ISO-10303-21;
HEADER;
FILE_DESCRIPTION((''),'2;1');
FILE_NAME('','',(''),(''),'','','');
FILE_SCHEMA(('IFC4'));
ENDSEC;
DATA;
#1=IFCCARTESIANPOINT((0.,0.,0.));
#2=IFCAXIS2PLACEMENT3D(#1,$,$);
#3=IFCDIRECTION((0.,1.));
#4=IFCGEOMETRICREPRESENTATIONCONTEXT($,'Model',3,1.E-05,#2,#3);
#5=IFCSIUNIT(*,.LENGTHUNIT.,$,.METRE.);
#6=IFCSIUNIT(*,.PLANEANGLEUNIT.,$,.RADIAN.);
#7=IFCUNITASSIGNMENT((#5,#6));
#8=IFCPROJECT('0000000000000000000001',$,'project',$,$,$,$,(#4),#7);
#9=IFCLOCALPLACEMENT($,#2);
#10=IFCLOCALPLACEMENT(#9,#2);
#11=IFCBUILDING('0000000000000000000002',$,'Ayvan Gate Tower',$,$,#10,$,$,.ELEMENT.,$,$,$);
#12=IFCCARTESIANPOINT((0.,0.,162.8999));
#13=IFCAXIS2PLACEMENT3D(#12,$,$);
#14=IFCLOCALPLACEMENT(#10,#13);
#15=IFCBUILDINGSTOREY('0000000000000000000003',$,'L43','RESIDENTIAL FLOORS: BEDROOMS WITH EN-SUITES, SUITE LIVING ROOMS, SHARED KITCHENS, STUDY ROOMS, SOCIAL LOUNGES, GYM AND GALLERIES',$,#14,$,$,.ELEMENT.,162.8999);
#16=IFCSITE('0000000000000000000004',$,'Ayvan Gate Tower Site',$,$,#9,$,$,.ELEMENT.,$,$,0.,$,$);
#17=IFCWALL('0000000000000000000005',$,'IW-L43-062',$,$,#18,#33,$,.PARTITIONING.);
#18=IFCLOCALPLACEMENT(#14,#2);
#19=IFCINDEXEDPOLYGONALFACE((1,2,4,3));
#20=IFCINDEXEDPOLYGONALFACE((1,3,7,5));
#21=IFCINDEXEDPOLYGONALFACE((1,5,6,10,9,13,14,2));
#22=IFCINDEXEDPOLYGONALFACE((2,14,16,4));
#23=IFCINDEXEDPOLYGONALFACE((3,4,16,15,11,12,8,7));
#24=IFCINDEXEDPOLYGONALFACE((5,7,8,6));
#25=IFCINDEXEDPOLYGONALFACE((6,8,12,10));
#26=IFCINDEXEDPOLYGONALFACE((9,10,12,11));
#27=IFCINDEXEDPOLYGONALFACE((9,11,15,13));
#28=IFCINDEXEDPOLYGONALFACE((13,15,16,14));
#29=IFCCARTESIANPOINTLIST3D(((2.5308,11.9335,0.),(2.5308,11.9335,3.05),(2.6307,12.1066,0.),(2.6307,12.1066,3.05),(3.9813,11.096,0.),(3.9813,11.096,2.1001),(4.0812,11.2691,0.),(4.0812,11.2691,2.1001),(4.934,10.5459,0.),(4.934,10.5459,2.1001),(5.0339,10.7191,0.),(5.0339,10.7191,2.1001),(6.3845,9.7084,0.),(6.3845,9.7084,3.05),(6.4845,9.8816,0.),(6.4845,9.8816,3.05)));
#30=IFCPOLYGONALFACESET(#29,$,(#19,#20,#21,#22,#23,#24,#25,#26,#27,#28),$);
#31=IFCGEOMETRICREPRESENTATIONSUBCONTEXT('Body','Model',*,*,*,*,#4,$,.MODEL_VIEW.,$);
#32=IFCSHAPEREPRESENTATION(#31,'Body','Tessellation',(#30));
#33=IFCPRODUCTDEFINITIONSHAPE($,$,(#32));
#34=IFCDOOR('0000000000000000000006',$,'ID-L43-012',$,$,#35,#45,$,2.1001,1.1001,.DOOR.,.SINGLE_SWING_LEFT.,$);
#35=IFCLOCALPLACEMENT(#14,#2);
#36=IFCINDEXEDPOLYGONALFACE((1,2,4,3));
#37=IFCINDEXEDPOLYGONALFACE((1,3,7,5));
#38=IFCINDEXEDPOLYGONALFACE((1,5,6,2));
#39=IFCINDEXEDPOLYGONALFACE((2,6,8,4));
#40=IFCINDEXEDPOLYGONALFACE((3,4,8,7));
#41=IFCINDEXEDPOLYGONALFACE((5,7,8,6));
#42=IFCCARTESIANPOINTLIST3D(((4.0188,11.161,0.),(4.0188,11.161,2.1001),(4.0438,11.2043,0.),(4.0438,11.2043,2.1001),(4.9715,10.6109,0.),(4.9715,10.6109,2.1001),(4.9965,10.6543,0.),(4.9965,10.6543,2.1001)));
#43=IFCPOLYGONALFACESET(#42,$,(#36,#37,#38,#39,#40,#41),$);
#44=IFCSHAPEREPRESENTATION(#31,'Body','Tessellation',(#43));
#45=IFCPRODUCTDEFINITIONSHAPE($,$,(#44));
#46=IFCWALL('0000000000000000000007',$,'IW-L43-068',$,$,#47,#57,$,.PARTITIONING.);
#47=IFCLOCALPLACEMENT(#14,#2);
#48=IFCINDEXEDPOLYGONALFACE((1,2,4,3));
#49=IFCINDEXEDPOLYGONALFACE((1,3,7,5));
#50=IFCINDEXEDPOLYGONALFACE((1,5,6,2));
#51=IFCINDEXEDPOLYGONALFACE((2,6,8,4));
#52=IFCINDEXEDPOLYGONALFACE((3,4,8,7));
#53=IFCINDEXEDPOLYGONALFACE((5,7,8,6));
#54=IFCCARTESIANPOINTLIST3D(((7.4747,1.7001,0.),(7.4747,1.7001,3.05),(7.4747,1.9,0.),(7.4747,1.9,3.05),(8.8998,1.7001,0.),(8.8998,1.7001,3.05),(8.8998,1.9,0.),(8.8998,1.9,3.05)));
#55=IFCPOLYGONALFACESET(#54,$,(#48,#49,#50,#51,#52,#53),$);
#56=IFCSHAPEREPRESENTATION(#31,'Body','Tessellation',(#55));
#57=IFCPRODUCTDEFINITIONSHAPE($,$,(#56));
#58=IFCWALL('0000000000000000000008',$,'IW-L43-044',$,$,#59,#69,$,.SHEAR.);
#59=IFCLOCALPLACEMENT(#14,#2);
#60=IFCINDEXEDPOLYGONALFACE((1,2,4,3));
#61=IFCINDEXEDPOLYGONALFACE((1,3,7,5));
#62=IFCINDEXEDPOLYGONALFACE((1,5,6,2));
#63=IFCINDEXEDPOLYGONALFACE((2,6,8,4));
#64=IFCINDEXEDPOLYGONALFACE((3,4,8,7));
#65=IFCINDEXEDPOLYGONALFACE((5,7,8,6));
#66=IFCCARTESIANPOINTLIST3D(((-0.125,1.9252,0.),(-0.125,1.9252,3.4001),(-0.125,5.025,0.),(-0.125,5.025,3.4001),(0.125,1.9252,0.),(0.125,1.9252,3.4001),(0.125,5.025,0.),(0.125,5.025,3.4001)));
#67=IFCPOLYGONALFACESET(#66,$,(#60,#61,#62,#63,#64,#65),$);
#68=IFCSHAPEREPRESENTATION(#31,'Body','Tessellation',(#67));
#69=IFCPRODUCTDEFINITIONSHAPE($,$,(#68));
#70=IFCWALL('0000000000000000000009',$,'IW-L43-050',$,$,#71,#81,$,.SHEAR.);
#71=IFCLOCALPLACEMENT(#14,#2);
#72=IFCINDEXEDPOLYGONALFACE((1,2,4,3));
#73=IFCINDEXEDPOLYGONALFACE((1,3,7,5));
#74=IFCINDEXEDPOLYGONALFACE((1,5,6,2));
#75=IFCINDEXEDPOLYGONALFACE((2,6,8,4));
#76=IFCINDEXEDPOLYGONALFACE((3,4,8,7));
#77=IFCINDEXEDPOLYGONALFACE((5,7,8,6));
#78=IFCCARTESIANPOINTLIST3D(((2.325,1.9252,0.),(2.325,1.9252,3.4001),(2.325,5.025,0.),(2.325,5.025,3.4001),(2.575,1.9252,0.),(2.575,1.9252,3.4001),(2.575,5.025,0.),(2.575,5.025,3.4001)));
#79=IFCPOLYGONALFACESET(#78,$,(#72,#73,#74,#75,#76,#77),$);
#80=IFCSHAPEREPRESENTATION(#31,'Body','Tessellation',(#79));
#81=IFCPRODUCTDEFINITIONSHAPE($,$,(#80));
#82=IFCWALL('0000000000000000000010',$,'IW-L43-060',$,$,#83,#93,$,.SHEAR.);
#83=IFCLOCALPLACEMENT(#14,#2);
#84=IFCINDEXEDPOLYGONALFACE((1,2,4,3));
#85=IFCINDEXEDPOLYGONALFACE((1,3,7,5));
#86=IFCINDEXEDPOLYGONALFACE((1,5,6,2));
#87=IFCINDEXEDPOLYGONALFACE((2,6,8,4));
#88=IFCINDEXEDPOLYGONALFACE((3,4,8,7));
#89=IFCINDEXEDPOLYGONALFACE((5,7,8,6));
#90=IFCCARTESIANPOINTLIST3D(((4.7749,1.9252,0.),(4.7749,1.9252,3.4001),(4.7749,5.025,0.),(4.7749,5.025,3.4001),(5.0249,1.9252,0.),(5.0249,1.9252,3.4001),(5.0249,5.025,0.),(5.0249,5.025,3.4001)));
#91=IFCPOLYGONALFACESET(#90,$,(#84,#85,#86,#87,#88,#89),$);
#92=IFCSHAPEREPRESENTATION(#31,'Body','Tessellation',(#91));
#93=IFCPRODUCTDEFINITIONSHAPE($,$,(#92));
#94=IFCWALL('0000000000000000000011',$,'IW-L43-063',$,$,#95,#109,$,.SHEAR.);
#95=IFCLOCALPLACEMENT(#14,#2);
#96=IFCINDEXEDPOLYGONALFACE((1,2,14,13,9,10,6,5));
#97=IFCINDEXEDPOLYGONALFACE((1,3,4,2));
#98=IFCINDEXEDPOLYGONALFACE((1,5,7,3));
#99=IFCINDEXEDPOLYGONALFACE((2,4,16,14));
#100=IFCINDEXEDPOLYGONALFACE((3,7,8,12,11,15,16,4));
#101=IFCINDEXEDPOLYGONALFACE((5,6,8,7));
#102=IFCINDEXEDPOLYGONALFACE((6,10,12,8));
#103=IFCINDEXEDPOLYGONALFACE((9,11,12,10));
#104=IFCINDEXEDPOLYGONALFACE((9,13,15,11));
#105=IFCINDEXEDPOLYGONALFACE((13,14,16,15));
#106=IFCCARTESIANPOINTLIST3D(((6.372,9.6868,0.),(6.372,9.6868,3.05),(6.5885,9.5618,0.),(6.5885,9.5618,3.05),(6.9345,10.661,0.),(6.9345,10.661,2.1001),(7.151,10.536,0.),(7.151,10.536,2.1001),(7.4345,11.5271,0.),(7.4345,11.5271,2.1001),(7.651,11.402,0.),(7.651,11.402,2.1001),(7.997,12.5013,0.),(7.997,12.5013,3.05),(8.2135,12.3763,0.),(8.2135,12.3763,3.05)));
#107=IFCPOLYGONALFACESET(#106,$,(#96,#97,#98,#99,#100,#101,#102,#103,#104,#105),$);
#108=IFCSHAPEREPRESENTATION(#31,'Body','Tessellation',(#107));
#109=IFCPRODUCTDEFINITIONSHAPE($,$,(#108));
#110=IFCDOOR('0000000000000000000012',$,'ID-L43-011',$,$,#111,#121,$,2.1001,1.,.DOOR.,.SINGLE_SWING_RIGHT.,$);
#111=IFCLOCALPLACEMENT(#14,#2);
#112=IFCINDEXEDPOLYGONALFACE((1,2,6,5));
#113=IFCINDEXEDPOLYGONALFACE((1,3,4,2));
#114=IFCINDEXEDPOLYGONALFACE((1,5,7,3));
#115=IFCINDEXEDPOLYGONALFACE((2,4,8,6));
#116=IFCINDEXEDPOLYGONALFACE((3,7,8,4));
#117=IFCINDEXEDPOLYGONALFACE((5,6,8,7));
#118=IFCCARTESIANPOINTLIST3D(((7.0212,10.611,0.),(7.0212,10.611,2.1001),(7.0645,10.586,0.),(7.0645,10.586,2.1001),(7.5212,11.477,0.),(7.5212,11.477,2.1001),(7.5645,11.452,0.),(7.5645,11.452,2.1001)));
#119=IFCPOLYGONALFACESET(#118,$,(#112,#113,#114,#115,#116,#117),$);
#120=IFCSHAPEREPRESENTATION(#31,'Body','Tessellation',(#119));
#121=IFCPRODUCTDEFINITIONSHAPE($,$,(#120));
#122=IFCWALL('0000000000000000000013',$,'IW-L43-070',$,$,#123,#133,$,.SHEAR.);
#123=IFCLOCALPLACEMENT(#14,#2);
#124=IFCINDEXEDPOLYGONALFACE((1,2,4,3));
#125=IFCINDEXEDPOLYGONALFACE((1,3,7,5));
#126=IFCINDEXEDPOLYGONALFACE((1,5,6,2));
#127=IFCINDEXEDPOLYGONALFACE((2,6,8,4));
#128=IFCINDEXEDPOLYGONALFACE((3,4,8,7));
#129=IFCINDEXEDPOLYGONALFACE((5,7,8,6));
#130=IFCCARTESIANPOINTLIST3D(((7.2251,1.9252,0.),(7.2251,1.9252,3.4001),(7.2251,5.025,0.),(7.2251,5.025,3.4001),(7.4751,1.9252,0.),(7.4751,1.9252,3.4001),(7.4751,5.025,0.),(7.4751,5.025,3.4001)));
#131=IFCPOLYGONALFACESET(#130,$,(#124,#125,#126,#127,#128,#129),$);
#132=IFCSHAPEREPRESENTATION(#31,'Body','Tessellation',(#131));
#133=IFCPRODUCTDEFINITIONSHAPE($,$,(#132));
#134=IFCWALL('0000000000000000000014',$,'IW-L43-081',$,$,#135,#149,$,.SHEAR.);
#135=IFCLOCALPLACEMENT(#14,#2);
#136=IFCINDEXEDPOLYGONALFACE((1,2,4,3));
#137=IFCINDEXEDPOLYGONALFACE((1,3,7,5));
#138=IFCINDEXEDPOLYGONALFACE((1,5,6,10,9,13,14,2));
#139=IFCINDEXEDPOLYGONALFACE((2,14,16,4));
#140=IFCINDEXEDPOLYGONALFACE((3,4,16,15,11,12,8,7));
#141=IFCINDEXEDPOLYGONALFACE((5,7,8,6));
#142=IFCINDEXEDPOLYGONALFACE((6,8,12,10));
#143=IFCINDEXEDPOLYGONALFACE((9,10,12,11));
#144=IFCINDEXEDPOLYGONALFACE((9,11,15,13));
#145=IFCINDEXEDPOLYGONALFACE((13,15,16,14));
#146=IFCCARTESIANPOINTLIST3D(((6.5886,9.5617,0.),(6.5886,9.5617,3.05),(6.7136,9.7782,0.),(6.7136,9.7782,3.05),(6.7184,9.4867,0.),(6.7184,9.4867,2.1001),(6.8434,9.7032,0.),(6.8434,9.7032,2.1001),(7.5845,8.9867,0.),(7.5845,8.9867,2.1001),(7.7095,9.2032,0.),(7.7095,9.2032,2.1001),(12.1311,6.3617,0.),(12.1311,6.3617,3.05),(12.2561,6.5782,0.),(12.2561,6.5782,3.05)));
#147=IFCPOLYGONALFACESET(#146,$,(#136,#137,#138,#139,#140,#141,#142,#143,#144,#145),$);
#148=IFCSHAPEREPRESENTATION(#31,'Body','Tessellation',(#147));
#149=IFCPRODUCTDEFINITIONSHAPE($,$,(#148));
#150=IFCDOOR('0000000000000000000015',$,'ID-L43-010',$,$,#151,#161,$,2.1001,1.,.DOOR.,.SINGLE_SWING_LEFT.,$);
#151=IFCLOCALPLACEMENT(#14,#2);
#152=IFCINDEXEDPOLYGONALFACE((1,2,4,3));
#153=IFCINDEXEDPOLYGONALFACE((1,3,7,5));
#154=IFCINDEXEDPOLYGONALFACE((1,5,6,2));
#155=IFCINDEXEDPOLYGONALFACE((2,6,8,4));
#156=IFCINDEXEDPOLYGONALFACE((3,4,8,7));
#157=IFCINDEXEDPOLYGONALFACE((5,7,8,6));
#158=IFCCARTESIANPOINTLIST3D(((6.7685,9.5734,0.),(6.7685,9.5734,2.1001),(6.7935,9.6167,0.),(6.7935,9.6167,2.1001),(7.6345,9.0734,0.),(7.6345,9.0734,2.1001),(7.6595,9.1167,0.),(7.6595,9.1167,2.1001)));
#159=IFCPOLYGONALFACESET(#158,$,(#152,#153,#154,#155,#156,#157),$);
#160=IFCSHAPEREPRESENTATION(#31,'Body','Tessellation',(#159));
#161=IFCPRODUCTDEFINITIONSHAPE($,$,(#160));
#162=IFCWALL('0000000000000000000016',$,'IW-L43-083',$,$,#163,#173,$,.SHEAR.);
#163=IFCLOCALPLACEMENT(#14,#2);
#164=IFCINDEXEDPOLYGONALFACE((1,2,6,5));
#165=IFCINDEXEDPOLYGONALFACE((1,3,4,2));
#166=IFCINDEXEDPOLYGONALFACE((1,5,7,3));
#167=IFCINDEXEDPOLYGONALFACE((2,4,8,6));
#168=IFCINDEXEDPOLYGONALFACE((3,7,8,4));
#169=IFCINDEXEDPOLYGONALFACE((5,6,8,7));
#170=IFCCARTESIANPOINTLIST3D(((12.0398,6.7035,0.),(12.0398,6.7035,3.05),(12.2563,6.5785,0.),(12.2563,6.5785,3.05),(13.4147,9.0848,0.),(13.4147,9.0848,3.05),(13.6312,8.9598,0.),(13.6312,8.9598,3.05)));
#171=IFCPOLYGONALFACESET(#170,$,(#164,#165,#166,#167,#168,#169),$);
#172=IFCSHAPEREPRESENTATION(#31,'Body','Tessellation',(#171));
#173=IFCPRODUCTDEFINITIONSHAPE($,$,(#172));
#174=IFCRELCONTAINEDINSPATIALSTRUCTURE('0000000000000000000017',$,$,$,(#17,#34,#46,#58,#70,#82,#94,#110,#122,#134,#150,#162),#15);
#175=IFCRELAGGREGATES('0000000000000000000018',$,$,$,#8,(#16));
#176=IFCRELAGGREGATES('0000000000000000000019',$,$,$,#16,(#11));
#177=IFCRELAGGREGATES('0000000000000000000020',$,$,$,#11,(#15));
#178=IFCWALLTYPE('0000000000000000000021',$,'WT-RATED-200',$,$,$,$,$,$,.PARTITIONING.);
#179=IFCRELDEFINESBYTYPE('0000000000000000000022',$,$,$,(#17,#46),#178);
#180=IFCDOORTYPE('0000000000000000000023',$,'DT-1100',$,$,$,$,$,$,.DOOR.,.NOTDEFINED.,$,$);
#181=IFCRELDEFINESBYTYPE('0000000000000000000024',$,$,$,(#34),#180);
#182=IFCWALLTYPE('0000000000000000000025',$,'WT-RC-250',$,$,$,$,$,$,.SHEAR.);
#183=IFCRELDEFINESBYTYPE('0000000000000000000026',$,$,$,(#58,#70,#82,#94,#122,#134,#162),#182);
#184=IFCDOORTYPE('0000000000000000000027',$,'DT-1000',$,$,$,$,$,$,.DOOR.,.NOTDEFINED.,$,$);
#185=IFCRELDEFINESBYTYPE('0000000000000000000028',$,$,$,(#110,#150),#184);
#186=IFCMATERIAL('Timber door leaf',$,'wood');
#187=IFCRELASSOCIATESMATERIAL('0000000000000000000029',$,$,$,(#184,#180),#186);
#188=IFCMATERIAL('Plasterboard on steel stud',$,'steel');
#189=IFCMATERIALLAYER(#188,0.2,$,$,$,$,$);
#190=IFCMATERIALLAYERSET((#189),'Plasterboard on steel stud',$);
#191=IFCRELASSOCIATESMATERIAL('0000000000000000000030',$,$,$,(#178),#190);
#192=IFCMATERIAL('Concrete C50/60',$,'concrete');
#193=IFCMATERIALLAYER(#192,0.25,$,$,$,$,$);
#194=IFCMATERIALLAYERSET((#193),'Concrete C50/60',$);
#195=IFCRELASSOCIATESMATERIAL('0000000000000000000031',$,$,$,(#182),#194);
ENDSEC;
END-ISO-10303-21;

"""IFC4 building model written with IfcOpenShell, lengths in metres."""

from ifc_helpers import new_model, si_unit, direction, frame, frame_2d, origin, place, context, subcontext, project, spatial, rectangle, extrude, material, layer, layer_set, type_object, element, fill, save


model = new_model("IFC4")

# Units and contexts
model_context = context("Model", 3, precision=1e-05, world=origin(), true_north=direction((0.0, 1.0)))
body_context = subcontext(model_context, "Body", "Model", "MODEL_VIEW")
ifc_project = project(units=[si_unit("LENGTHUNIT", "METRE"), si_unit("PLANEANGLEUNIT", "RADIAN")], contexts=[model_context])

# Site, building, storey
site_placement = place(None, origin())
site = spatial("IfcSite", under=ifc_project, at=site_placement, Name="Ayvan Gate Tower Site", CompositionType="ELEMENT", RefElevation=0.0)
building_placement = place(site_placement, origin())
building = spatial("IfcBuilding", under=site, at=building_placement, Name="Ayvan Gate Tower", CompositionType="ELEMENT")
storey_placement = place(building_placement, frame((0.0, 0.0, 162.8999)))
storey = spatial("IfcBuildingStorey", under=building, at=storey_placement, Name="L43", Description="RESIDENTIAL FLOORS: BEDROOMS WITH EN-SUITES, SUITE LIVING ROOMS, SHARED KITCHENS, STUDY ROOMS, SOCIAL LOUNGES, GYM AND GALLERIES", CompositionType="ELEMENT", Elevation=162.8999)

# Shared definitions
ifc_material_1 = material(Name="Timber door leaf", Category="wood")
ifc_material_2 = material(Name="Plasterboard on steel stud", Category="steel")
door_type_1 = type_object("IfcDoorType", Name="DT-1000", OperationType="NOTDEFINED", PredefinedType="DOOR", material=ifc_material_1)

# Wall, opening, door
ifc_layer_1 = layer(ifc_material_2, 0.2)
ifc_layer_set_1 = layer_set([ifc_layer_1], Name="Plasterboard on steel stud")
wall_type_1 = type_object("IfcWallType", Name="WT-RATED-200", PredefinedType="PARTITIONING", material=ifc_layer_set_1)
wall_1_placement = place(storey_placement, frame((6.4346, 9.7949, 0.0), z_axis=(0.0, 0.0, 1.0), x_axis=(-0.866013, 0.500022, 0.0)))
wall_1 = element("IfcWall", 1, at=wall_1_placement, inside=storey, type_object=wall_type_1, Name="IW-L43-062", PredefinedType="PARTITIONING", context=body_context, shape_type="SweptSolid", body=[
    extrude(rectangle(XDim=4.45, YDim=0.2, at=frame_2d((2.2251, 0.0))), origin(), (0.0, 0.0, 1.0), 3.05),
])
opening_1_placement = place(wall_1_placement, frame((1.675, 0.0, 0.0)))
opening_1 = element("IfcOpeningElement", 2, at=opening_1_placement, cuts=wall_1, PredefinedType="OPENING", context=body_context, shape_type="SweptSolid", body=[
    extrude(rectangle(XDim=1.1001, YDim=2.1001, at=frame_2d((0.55, 1.05))), frame((0.0, 0.1099, 0.0), z_axis=(0.0, -1.0, 0.0), x_axis=(1.0, 0.0, 0.0)), (0.0, 0.0, 1.0), 0.22),
])
door_type_2 = type_object("IfcDoorType", Name="DT-1100", OperationType="NOTDEFINED", PredefinedType="DOOR", material=ifc_material_1)
door_1_placement = place(opening_1_placement, origin())
door_1 = element("IfcDoor", 3, at=door_1_placement, inside=storey, type_object=door_type_2, Name="ID-L43-012", OperationType="SINGLE_SWING_LEFT", OverallHeight=2.1001, OverallWidth=1.1001, PredefinedType="DOOR", context=body_context, shape_type="SweptSolid", body=[
    extrude(rectangle(XDim=1.1001, YDim=2.1001, at=frame_2d((0.55, 1.05))), frame((0.0, 0.0249, 0.0), z_axis=(0.0, -1.0, 0.0), x_axis=(1.0, 0.0, 0.0)), (0.0, 0.0, 1.0), 0.05),
])
fill(opening_1, door_1)

# Walls
wall_2_placement = place(storey_placement, frame((7.4749, 1.8, 0.0), z_axis=(0.0, 0.0, 1.0), x_axis=(1.0, 0.0, 0.0)))
element("IfcWall", 4, at=wall_2_placement, inside=storey, type_object=wall_type_1, Name="IW-L43-068", PredefinedType="PARTITIONING", context=body_context, shape_type="SweptSolid", body=[
    extrude(rectangle(XDim=1.425, YDim=0.2, at=frame_2d((0.7124, 0.0))), origin(), (0.0, 0.0, 1.0), 3.05),
])
ifc_material_3 = material(Name="Concrete C50/60", Category="concrete")
ifc_layer_2 = layer(ifc_material_3, 0.25)
ifc_layer_set_2 = layer_set([ifc_layer_2], Name="Concrete C50/60")
wall_type_2 = type_object("IfcWallType", Name="WT-RC-250", PredefinedType="SHEAR", material=ifc_layer_set_2)
for number, where, z_axis, x_axis, name in (
    (5, (0.0, 5.0249, 0.0), (0.0, 0.0, 1.0), (0.0, -1.0, 0.0), "IW-L43-044"),
    (6, (2.45, 5.0249, 0.0), (0.0, 0.0, 1.0), (0.0, -1.0, 0.0), "IW-L43-050"),
    (7, (4.8999, 5.0249, 0.0), (0.0, 0.0, 1.0), (0.0, -1.0, 0.0), "IW-L43-060"),
):
    element("IfcWall", number, at=place(storey_placement, frame(where, z_axis=z_axis, x_axis=x_axis)), inside=storey, type_object=wall_type_2, Name=name, PredefinedType="SHEAR", context=body_context, shape_type="SweptSolid", body=[
        extrude(rectangle(XDim=3.0999, YDim=0.25, at=frame_2d((1.5498, 0.0))), origin(), (0.0, 0.0, 1.0), 3.4001),
    ])

# Wall, opening, door
wall_3_placement = place(storey_placement, frame((6.4802, 9.6243, 0.0), z_axis=(0.0, 0.0, 1.0), x_axis=(0.500017, 0.866015, 0.0)))
wall_3 = element("IfcWall", 8, at=wall_3_placement, inside=storey, type_object=wall_type_2, Name="IW-L43-063", PredefinedType="SHEAR", context=body_context, shape_type="SweptSolid", body=[
    extrude(rectangle(XDim=3.25, YDim=0.25, at=frame_2d((1.625, 0.0))), origin(), (0.0, 0.0, 1.0), 3.05),
])
opening_2_placement = place(wall_3_placement, frame((1.125, 0.0, 0.0)))
opening_2 = element("IfcOpeningElement", 9, at=opening_2_placement, cuts=wall_3, PredefinedType="OPENING", context=body_context, shape_type="SweptSolid", body=[
    extrude(rectangle(XDim=1.0, YDim=2.1001, at=frame_2d((0.5, 1.05))), frame((0.0, 0.135, 0.0), z_axis=(0.0, -1.0, 0.0), x_axis=(1.0, 0.0, 0.0)), (0.0, 0.0, 1.0), 0.27),
])
door_2_placement = place(opening_2_placement, origin())
door_2 = element("IfcDoor", 10, at=door_2_placement, inside=storey, type_object=door_type_1, Name="ID-L43-011", OperationType="SINGLE_SWING_RIGHT", OverallHeight=2.1001, OverallWidth=1.0, PredefinedType="DOOR", context=body_context, shape_type="SweptSolid", body=[
    extrude(rectangle(XDim=1.0, YDim=2.1001, at=frame_2d((0.5, 1.05))), frame((0.0, 0.0249, 0.0), z_axis=(0.0, -1.0, 0.0), x_axis=(1.0, 0.0, 0.0)), (0.0, 0.0, 1.0), 0.05),
])
fill(opening_2, door_2)

# Wall
wall_4_placement = place(storey_placement, frame((7.3501, 5.0249, 0.0), z_axis=(0.0, 0.0, 1.0), x_axis=(0.0, -1.0, 0.0)))
element("IfcWall", 11, at=wall_4_placement, inside=storey, type_object=wall_type_2, Name="IW-L43-070", PredefinedType="SHEAR", context=body_context, shape_type="SweptSolid", body=[
    extrude(rectangle(XDim=3.0999, YDim=0.25, at=frame_2d((1.5498, 0.0))), origin(), (0.0, 0.0, 1.0), 3.4001),
])

# Wall, opening, door
wall_5_placement = place(storey_placement, frame((12.1936, 6.47, 0.0), z_axis=(0.0, 0.0, 1.0), x_axis=(-0.866025, 0.5, 0.0)))
wall_5 = element("IfcWall", 12, at=wall_5_placement, inside=storey, type_object=wall_type_2, Name="IW-L43-081", PredefinedType="SHEAR", context=body_context, shape_type="SweptSolid", body=[
    extrude(rectangle(XDim=6.3999, YDim=0.25, at=frame_2d((3.2, 0.0))), origin(), (0.0, 0.0, 1.0), 3.05),
])
opening_3_placement = place(wall_5_placement, frame((5.25, 0.0, 0.0)))
opening_3 = element("IfcOpeningElement", 13, at=opening_3_placement, cuts=wall_5, PredefinedType="OPENING", context=body_context, shape_type="SweptSolid", body=[
    extrude(rectangle(XDim=1.0, YDim=2.1001, at=frame_2d((0.5, 1.05))), frame((0.0, 0.135, 0.0), z_axis=(0.0, -1.0, 0.0), x_axis=(1.0, 0.0, 0.0)), (0.0, 0.0, 1.0), 0.27),
])
door_3_placement = place(opening_3_placement, origin())
door_3 = element("IfcDoor", 14, at=door_3_placement, inside=storey, type_object=door_type_1, Name="ID-L43-010", OperationType="SINGLE_SWING_LEFT", OverallHeight=2.1001, OverallWidth=1.0, PredefinedType="DOOR", context=body_context, shape_type="SweptSolid", body=[
    extrude(rectangle(XDim=1.0, YDim=2.1001, at=frame_2d((0.5, 1.05))), frame((0.0, 0.0249, 0.0), z_axis=(0.0, -1.0, 0.0), x_axis=(1.0, 0.0, 0.0)), (0.0, 0.0, 1.0), 0.05),
])
fill(opening_3, door_3)

# Wall
wall_6_placement = place(storey_placement, frame((12.1479, 6.6409, 0.0), z_axis=(0.0, 0.0, 1.0), x_axis=(0.500035, 0.866005, 0.0)))
element("IfcWall", 15, at=wall_6_placement, inside=storey, type_object=wall_type_2, Name="IW-L43-083", PredefinedType="SHEAR", context=body_context, shape_type="SweptSolid", body=[
    extrude(rectangle(XDim=2.7498, YDim=0.25, at=frame_2d((1.375, 0.0))), origin(), (0.0, 0.0, 1.0), 3.05),
])

save(model, "model.ifc")
